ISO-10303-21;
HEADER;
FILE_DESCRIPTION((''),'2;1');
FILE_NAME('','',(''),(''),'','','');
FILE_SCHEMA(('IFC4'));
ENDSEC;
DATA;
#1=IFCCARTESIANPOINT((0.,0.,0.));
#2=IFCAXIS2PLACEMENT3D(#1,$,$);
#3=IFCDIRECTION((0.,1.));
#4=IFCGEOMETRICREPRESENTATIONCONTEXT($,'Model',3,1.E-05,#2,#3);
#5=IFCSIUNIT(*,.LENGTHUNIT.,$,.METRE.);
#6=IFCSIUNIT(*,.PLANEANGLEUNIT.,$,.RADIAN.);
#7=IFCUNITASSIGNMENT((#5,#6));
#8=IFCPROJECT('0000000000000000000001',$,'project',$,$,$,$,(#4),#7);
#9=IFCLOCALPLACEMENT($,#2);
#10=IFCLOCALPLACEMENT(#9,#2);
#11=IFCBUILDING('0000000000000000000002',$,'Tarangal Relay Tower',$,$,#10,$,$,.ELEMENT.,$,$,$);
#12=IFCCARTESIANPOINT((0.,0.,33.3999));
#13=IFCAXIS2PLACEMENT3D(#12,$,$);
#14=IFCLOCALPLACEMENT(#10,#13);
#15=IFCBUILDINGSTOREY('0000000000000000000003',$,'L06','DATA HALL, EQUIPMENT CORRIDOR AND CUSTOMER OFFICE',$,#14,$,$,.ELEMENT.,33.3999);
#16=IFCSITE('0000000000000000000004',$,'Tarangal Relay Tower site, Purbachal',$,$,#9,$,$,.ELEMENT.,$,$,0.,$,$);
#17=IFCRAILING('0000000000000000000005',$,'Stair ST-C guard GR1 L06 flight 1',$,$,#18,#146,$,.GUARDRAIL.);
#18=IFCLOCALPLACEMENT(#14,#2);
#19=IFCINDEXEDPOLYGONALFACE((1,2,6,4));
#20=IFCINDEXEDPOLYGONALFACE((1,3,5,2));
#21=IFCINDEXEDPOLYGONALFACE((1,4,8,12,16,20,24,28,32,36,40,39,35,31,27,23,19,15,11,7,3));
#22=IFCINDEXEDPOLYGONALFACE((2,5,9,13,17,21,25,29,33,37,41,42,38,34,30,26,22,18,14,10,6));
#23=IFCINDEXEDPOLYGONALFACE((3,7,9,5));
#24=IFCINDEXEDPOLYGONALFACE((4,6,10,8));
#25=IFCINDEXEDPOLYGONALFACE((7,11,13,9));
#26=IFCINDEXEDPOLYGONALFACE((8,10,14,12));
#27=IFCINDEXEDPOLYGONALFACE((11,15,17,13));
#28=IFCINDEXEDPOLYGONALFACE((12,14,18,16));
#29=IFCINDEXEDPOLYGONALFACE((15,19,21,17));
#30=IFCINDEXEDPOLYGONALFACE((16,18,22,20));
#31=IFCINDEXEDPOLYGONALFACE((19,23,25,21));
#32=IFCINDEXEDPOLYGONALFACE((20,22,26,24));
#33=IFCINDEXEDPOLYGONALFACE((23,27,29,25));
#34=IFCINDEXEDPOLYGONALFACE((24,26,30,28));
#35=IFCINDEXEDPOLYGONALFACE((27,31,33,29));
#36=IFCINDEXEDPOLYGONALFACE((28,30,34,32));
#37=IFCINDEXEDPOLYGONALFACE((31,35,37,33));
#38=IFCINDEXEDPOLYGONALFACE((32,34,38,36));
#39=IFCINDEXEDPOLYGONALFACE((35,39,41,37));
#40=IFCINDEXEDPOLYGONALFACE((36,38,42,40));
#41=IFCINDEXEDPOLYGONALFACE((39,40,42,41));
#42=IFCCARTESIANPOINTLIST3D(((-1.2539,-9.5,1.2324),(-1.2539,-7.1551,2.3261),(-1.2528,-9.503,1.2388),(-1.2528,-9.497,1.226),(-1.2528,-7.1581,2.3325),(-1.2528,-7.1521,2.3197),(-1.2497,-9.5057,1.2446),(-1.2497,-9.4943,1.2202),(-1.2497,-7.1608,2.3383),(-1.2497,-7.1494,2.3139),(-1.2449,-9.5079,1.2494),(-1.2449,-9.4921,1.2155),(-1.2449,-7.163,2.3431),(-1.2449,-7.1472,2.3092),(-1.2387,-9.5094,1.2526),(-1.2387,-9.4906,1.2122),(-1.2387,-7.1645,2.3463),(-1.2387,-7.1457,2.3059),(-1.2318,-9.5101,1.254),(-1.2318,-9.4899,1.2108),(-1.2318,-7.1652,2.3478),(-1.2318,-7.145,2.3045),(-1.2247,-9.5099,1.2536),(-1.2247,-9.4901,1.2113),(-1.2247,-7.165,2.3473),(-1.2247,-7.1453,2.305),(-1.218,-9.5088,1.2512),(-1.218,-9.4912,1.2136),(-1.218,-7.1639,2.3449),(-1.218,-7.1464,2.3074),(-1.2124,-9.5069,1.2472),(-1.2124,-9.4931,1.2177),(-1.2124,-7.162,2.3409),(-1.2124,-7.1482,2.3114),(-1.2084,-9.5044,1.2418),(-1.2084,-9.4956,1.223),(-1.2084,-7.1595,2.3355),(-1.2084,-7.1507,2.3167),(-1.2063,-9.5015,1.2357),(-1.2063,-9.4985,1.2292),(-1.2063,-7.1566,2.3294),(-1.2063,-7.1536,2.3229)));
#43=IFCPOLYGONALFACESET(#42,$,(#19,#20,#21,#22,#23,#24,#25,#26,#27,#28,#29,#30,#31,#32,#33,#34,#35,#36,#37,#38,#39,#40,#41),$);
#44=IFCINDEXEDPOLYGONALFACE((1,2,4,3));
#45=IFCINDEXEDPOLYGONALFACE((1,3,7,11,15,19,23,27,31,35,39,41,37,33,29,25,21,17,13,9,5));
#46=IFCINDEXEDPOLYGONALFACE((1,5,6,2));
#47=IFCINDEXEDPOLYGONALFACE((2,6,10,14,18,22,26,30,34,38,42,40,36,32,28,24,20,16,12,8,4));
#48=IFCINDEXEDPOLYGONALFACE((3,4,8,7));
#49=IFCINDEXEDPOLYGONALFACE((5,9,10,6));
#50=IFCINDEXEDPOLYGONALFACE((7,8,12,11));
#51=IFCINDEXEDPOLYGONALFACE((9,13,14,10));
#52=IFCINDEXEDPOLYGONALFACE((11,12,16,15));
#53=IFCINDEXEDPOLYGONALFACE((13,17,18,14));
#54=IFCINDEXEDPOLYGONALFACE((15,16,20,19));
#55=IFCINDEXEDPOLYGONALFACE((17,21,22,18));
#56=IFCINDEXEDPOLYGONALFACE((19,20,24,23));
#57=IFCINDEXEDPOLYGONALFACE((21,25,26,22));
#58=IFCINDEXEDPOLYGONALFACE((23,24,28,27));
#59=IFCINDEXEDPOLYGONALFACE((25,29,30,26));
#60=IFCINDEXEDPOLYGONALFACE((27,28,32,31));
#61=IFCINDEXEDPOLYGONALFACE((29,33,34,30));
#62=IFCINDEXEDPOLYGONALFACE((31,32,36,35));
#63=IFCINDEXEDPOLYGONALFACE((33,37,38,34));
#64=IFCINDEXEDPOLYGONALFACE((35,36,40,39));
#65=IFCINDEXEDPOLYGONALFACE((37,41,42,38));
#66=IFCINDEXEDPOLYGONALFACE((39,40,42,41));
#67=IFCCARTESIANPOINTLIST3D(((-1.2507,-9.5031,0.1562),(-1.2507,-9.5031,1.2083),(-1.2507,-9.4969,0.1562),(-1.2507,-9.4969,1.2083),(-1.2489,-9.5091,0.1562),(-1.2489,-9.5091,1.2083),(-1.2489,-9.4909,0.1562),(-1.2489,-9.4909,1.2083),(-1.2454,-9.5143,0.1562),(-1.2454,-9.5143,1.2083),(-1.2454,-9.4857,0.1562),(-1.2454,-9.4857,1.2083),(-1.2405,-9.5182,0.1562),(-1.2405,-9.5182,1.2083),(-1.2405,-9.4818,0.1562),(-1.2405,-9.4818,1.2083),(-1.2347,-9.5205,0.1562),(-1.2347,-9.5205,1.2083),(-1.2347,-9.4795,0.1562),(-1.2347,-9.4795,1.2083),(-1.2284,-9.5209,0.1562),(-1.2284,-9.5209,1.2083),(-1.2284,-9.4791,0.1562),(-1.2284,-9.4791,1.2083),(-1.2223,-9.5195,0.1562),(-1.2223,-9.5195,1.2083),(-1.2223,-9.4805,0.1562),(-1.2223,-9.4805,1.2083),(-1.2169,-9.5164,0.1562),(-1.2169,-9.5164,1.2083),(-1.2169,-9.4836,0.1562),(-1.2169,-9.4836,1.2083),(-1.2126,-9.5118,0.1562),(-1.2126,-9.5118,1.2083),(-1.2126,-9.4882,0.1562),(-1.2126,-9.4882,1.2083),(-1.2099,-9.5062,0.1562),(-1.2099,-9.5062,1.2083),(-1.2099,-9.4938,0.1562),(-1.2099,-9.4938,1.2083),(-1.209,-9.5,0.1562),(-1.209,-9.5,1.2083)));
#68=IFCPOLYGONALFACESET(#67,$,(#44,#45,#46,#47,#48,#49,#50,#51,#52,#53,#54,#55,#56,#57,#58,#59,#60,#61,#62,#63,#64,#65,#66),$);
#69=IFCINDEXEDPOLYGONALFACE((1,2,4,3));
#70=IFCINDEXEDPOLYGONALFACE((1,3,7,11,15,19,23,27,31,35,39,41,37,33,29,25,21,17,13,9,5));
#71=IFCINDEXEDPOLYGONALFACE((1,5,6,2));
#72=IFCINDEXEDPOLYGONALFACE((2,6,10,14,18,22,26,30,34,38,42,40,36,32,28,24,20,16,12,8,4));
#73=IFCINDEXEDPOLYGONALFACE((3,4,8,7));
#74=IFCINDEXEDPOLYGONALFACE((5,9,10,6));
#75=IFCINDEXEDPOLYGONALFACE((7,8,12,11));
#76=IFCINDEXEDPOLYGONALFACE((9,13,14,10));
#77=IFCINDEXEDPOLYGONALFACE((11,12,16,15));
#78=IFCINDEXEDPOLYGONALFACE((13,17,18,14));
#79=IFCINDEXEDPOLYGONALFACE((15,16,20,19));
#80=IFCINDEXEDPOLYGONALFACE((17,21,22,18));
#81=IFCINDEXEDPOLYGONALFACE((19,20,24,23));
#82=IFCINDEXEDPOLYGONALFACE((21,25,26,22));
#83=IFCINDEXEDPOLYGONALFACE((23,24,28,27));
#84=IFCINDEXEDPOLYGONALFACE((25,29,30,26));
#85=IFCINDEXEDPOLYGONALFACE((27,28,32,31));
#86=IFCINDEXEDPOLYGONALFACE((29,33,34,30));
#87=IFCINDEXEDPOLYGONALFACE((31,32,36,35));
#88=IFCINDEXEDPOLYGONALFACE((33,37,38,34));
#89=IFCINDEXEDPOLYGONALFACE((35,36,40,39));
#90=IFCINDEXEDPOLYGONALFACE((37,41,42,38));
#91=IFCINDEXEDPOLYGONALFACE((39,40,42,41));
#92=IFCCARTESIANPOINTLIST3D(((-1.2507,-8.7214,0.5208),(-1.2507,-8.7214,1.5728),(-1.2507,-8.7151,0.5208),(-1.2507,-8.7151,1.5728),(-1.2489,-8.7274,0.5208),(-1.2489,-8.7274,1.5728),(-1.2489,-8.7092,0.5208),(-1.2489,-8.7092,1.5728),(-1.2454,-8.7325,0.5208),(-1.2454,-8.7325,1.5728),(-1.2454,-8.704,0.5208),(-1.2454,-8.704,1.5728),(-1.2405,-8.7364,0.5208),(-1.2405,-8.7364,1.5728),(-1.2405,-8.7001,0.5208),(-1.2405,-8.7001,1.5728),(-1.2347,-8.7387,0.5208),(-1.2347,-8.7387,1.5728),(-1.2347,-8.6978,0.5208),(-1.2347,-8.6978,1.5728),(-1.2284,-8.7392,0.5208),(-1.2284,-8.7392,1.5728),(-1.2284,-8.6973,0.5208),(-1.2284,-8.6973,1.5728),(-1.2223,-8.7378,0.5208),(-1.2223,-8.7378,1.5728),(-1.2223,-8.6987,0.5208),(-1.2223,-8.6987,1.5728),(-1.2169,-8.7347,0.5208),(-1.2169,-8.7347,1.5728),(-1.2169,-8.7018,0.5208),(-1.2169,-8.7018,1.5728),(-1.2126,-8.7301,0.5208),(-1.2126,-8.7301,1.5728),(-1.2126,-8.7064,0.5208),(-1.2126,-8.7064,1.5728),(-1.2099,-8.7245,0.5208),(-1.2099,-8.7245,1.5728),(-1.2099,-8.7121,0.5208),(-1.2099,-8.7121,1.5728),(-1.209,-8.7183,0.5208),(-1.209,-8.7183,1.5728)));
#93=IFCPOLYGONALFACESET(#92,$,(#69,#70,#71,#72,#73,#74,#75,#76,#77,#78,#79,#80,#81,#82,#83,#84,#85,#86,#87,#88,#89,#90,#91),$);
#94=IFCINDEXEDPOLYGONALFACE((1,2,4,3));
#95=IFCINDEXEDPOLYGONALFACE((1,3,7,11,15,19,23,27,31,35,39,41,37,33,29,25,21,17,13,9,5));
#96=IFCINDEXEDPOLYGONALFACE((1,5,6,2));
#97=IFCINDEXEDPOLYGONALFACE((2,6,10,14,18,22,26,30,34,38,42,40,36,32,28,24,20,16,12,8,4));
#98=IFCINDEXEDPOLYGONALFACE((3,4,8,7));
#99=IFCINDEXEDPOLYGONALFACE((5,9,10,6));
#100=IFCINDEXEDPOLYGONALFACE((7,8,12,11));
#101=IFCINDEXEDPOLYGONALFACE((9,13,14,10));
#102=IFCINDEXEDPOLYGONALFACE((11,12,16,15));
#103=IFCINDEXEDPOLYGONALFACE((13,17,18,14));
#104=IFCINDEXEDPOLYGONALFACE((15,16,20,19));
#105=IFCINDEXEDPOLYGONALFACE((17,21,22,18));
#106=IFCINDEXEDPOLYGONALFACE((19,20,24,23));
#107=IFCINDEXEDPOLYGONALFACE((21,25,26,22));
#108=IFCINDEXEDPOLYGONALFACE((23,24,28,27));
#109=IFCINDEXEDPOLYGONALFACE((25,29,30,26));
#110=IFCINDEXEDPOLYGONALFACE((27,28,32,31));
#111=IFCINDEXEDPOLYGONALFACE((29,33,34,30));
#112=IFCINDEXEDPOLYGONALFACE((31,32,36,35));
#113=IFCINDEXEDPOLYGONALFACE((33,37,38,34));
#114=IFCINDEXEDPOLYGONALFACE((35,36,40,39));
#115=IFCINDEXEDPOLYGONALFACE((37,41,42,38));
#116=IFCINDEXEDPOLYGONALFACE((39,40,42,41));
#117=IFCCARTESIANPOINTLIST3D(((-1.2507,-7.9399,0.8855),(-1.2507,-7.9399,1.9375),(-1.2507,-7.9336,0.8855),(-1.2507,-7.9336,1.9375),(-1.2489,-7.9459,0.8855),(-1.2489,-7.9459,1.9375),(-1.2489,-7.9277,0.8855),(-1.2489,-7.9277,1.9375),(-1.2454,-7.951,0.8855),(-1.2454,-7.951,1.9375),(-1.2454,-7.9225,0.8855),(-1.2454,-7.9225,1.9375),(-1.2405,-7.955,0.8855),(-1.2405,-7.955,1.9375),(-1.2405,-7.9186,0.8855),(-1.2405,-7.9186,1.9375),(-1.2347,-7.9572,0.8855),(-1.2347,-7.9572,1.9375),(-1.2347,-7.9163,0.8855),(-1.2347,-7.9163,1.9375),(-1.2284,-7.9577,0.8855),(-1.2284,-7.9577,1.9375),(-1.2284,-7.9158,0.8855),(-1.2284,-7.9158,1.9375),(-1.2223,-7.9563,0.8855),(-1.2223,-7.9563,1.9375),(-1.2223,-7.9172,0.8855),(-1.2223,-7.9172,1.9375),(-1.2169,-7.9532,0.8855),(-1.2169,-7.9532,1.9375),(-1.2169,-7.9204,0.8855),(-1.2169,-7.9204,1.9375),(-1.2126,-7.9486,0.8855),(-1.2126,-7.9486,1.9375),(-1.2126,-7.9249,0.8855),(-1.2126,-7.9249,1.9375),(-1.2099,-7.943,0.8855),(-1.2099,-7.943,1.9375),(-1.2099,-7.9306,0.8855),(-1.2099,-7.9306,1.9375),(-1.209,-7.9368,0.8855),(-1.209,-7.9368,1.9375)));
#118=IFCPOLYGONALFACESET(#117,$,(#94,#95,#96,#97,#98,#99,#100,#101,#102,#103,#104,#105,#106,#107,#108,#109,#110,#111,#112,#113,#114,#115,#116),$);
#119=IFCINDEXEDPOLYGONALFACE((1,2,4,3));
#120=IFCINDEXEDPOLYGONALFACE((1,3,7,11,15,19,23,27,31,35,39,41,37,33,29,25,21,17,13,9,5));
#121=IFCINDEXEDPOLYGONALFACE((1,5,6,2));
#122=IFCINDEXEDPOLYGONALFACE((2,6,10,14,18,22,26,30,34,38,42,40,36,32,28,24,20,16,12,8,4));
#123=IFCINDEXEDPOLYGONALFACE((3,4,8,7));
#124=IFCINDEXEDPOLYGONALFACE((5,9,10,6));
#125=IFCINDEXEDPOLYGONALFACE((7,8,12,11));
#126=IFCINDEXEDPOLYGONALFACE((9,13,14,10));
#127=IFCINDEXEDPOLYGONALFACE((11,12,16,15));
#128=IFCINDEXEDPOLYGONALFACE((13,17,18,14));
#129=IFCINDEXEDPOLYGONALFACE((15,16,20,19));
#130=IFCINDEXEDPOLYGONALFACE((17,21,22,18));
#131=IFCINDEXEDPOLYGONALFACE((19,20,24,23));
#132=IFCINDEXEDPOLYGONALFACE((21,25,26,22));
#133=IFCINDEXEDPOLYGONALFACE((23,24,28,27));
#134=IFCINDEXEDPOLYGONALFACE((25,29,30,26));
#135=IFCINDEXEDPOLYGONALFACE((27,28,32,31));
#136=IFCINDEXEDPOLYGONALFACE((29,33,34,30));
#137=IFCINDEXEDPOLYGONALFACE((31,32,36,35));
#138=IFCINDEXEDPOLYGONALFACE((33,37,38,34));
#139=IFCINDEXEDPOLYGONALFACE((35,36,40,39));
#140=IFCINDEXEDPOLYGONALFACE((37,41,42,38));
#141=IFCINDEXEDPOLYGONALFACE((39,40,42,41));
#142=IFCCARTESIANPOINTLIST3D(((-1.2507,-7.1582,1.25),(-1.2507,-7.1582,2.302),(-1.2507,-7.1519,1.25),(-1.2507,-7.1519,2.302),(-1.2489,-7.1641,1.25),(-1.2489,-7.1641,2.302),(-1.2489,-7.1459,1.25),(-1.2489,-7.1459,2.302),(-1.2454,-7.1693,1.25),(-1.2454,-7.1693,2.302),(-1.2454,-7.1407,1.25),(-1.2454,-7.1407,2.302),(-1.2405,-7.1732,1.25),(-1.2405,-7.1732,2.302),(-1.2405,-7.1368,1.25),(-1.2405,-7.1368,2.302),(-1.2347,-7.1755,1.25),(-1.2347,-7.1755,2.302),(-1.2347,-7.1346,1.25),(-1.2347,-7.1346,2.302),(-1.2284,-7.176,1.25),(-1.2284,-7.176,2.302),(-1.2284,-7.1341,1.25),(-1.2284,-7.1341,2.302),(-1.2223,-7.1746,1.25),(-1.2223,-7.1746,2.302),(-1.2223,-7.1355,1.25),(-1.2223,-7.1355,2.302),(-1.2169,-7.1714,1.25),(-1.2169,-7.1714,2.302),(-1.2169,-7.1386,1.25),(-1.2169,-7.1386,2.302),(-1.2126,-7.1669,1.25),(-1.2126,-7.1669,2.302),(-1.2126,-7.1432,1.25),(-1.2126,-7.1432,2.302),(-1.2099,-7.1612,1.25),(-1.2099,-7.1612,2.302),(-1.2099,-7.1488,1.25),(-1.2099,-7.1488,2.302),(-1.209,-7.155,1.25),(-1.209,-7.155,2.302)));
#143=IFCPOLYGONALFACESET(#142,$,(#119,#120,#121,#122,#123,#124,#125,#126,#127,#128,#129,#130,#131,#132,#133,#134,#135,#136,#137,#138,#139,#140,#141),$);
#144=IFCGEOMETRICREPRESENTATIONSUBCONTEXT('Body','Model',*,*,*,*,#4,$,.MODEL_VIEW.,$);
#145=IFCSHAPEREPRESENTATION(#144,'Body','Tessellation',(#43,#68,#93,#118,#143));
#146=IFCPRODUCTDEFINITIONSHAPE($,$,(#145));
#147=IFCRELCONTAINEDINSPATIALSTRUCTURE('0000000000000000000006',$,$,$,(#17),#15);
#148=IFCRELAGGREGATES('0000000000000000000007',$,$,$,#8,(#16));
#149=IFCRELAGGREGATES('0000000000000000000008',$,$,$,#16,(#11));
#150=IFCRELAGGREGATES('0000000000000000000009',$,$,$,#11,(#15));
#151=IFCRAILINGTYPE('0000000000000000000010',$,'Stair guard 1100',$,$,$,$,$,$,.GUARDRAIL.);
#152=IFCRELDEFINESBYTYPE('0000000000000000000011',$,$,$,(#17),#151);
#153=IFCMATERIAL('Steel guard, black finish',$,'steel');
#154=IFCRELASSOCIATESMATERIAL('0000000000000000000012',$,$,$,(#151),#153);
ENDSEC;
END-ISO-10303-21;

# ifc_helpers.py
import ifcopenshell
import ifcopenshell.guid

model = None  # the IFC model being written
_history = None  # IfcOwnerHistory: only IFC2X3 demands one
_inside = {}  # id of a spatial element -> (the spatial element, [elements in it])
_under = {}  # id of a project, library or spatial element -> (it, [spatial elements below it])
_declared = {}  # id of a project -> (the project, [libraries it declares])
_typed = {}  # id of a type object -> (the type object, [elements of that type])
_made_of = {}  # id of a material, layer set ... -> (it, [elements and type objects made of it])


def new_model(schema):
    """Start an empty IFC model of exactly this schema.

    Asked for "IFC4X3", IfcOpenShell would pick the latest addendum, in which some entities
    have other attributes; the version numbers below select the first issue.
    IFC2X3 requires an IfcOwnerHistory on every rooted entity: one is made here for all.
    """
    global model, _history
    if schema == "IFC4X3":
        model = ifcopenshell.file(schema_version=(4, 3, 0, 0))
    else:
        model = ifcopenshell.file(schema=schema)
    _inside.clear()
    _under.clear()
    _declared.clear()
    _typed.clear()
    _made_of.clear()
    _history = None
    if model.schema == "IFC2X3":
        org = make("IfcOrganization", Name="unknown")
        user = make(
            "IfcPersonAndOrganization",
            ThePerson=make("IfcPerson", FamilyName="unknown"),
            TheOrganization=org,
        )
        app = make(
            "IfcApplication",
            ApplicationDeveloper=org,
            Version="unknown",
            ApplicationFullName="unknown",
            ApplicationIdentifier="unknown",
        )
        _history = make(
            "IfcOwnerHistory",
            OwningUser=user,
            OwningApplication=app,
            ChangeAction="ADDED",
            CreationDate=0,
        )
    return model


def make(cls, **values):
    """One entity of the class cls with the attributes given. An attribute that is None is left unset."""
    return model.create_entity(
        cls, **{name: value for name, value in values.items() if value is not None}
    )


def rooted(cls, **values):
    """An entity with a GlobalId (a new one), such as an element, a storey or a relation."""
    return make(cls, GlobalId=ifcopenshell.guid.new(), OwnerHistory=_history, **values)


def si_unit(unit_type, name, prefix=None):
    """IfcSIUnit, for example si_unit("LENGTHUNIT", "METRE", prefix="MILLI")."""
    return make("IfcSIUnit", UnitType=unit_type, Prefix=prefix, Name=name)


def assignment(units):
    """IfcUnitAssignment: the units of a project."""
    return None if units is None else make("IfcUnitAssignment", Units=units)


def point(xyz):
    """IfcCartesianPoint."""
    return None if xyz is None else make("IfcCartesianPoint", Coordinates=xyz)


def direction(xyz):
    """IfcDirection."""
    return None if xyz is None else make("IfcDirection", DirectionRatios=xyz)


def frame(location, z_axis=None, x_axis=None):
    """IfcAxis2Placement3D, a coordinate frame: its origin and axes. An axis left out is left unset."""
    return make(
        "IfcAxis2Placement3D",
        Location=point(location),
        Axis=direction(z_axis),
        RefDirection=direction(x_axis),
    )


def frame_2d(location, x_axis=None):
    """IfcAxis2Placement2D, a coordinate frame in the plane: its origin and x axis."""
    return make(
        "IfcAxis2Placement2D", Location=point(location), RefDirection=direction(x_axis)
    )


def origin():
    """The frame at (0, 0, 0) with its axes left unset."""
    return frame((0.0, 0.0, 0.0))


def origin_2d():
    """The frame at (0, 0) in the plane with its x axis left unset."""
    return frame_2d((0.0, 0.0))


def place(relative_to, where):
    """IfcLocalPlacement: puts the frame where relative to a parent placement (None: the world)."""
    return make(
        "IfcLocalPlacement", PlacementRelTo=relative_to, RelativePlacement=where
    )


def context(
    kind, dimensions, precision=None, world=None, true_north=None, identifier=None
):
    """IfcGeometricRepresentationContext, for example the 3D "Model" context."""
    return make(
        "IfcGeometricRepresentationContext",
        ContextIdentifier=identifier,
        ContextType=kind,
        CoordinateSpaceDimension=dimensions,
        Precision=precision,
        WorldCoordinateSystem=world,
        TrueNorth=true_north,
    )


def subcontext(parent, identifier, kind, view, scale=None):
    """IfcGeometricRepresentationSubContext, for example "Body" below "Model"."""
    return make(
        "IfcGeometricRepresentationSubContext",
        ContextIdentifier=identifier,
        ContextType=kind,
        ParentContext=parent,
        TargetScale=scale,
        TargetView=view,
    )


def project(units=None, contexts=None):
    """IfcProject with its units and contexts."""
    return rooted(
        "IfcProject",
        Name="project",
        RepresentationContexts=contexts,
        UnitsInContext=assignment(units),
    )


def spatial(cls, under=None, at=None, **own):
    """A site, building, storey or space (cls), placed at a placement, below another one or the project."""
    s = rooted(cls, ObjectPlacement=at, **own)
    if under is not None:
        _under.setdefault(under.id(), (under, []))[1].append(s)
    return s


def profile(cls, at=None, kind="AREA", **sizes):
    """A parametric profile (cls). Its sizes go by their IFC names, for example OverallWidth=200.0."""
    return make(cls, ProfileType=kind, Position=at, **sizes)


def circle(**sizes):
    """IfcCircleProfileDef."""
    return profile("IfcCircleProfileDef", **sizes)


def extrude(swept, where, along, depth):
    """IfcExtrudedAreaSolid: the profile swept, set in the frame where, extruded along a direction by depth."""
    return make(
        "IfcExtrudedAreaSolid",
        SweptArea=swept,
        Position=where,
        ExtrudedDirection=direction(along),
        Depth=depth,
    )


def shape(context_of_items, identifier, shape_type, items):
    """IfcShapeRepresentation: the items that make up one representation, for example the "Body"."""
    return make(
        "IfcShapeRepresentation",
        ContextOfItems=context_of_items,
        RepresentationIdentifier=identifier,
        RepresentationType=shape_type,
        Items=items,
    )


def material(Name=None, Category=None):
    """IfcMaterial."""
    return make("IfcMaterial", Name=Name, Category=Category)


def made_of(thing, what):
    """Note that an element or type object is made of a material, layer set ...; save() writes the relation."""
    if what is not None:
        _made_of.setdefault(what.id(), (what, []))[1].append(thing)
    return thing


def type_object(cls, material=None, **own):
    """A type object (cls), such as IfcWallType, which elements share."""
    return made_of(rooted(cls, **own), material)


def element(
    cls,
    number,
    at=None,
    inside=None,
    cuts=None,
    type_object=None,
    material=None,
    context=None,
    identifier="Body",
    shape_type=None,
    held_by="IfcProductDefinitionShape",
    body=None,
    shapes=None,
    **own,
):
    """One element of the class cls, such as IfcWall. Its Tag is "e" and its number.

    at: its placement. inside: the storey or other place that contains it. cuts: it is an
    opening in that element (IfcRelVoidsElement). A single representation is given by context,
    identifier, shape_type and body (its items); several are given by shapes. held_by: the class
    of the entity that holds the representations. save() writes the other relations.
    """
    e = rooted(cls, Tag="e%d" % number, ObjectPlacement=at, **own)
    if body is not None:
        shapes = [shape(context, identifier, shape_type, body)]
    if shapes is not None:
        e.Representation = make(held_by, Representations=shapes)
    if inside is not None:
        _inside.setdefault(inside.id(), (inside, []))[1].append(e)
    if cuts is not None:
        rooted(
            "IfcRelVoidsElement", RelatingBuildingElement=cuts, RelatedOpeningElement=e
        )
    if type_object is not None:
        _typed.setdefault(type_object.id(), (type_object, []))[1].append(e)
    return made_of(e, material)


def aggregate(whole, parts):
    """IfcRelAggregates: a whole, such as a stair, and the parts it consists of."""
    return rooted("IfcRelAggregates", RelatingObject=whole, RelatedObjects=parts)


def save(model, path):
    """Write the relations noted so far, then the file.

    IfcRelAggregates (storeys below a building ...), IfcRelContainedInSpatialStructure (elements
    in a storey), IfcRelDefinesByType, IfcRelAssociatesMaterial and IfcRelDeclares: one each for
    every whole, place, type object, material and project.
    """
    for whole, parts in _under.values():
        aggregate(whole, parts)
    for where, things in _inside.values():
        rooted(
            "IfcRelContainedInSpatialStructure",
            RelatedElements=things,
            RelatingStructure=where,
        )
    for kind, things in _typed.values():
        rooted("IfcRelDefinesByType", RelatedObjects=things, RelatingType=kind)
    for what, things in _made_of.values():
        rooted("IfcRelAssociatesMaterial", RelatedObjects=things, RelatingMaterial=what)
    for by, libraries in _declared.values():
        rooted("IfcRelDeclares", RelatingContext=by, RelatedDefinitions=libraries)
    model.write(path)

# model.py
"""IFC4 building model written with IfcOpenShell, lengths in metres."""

from ifc_helpers import new_model, si_unit, direction, frame, origin, origin_2d, place, context, subcontext, project, spatial, circle, extrude, material, type_object, element, save


model = new_model("IFC4")

# Units and contexts
model_context = context("Model", 3, precision=1e-05, world=origin(), true_north=direction((0.0, 1.0)))
body_context = subcontext(model_context, "Body", "Model", "MODEL_VIEW")
ifc_project = project(units=[si_unit("LENGTHUNIT", "METRE"), si_unit("PLANEANGLEUNIT", "RADIAN")], contexts=[model_context])

# Site, building, storey
site_placement = place(None, origin())
site = spatial("IfcSite", under=ifc_project, at=site_placement, Name="Tarangal Relay Tower site, Purbachal", CompositionType="ELEMENT", RefElevation=0.0)
building_placement = place(site_placement, origin())
building = spatial("IfcBuilding", under=site, at=building_placement, Name="Tarangal Relay Tower", CompositionType="ELEMENT")
storey_placement = place(building_placement, frame((0.0, 0.0, 33.3999)))
storey = spatial("IfcBuildingStorey", under=building, at=storey_placement, Name="L06", Description="DATA HALL, EQUIPMENT CORRIDOR AND CUSTOMER OFFICE", CompositionType="ELEMENT", Elevation=33.3999)

# Railing
ifc_material_1 = material(Name="Steel guard, black finish", Category="steel")
railing_type_1 = type_object("IfcRailingType", Name="Stair guard 1100", PredefinedType="GUARDRAIL", material=ifc_material_1)
for number, where, name in (
    (1, (-1.23, -9.5, 0.1562), "Stair ST-C guard GR1 L06 flight 1"),
):
    element("IfcRailing", number, at=place(storey_placement, frame(where)), inside=storey, type_object=railing_type_1, Name=name, PredefinedType="GUARDRAIL", context=body_context, shape_type="SweptSolid", body=[
        extrude(circle(Radius=0.0239, at=origin_2d()), frame((0.0, 0.0, 1.0762), z_axis=(0.0, 0.906267, 0.422705), x_axis=(-1.0, 0.0, 0.0)), (0.0, 0.0, 1.0), 2.5874),
        extrude(circle(Radius=0.021, at=origin_2d()), origin(), (0.0, 0.0, 1.0), 1.052),
        extrude(circle(Radius=0.021, at=origin_2d()), frame((0.0, 0.7817, 0.3645)), (0.0, 0.0, 1.0), 1.052),
        extrude(circle(Radius=0.021, at=origin_2d()), frame((0.0, 1.5632, 0.7292)), (0.0, 0.0, 1.0), 1.052),
        extrude(circle(Radius=0.021, at=origin_2d()), frame((0.0, 2.345, 1.0938)), (0.0, 0.0, 1.0), 1.052),
    ])

save(model, "model.ifc")
